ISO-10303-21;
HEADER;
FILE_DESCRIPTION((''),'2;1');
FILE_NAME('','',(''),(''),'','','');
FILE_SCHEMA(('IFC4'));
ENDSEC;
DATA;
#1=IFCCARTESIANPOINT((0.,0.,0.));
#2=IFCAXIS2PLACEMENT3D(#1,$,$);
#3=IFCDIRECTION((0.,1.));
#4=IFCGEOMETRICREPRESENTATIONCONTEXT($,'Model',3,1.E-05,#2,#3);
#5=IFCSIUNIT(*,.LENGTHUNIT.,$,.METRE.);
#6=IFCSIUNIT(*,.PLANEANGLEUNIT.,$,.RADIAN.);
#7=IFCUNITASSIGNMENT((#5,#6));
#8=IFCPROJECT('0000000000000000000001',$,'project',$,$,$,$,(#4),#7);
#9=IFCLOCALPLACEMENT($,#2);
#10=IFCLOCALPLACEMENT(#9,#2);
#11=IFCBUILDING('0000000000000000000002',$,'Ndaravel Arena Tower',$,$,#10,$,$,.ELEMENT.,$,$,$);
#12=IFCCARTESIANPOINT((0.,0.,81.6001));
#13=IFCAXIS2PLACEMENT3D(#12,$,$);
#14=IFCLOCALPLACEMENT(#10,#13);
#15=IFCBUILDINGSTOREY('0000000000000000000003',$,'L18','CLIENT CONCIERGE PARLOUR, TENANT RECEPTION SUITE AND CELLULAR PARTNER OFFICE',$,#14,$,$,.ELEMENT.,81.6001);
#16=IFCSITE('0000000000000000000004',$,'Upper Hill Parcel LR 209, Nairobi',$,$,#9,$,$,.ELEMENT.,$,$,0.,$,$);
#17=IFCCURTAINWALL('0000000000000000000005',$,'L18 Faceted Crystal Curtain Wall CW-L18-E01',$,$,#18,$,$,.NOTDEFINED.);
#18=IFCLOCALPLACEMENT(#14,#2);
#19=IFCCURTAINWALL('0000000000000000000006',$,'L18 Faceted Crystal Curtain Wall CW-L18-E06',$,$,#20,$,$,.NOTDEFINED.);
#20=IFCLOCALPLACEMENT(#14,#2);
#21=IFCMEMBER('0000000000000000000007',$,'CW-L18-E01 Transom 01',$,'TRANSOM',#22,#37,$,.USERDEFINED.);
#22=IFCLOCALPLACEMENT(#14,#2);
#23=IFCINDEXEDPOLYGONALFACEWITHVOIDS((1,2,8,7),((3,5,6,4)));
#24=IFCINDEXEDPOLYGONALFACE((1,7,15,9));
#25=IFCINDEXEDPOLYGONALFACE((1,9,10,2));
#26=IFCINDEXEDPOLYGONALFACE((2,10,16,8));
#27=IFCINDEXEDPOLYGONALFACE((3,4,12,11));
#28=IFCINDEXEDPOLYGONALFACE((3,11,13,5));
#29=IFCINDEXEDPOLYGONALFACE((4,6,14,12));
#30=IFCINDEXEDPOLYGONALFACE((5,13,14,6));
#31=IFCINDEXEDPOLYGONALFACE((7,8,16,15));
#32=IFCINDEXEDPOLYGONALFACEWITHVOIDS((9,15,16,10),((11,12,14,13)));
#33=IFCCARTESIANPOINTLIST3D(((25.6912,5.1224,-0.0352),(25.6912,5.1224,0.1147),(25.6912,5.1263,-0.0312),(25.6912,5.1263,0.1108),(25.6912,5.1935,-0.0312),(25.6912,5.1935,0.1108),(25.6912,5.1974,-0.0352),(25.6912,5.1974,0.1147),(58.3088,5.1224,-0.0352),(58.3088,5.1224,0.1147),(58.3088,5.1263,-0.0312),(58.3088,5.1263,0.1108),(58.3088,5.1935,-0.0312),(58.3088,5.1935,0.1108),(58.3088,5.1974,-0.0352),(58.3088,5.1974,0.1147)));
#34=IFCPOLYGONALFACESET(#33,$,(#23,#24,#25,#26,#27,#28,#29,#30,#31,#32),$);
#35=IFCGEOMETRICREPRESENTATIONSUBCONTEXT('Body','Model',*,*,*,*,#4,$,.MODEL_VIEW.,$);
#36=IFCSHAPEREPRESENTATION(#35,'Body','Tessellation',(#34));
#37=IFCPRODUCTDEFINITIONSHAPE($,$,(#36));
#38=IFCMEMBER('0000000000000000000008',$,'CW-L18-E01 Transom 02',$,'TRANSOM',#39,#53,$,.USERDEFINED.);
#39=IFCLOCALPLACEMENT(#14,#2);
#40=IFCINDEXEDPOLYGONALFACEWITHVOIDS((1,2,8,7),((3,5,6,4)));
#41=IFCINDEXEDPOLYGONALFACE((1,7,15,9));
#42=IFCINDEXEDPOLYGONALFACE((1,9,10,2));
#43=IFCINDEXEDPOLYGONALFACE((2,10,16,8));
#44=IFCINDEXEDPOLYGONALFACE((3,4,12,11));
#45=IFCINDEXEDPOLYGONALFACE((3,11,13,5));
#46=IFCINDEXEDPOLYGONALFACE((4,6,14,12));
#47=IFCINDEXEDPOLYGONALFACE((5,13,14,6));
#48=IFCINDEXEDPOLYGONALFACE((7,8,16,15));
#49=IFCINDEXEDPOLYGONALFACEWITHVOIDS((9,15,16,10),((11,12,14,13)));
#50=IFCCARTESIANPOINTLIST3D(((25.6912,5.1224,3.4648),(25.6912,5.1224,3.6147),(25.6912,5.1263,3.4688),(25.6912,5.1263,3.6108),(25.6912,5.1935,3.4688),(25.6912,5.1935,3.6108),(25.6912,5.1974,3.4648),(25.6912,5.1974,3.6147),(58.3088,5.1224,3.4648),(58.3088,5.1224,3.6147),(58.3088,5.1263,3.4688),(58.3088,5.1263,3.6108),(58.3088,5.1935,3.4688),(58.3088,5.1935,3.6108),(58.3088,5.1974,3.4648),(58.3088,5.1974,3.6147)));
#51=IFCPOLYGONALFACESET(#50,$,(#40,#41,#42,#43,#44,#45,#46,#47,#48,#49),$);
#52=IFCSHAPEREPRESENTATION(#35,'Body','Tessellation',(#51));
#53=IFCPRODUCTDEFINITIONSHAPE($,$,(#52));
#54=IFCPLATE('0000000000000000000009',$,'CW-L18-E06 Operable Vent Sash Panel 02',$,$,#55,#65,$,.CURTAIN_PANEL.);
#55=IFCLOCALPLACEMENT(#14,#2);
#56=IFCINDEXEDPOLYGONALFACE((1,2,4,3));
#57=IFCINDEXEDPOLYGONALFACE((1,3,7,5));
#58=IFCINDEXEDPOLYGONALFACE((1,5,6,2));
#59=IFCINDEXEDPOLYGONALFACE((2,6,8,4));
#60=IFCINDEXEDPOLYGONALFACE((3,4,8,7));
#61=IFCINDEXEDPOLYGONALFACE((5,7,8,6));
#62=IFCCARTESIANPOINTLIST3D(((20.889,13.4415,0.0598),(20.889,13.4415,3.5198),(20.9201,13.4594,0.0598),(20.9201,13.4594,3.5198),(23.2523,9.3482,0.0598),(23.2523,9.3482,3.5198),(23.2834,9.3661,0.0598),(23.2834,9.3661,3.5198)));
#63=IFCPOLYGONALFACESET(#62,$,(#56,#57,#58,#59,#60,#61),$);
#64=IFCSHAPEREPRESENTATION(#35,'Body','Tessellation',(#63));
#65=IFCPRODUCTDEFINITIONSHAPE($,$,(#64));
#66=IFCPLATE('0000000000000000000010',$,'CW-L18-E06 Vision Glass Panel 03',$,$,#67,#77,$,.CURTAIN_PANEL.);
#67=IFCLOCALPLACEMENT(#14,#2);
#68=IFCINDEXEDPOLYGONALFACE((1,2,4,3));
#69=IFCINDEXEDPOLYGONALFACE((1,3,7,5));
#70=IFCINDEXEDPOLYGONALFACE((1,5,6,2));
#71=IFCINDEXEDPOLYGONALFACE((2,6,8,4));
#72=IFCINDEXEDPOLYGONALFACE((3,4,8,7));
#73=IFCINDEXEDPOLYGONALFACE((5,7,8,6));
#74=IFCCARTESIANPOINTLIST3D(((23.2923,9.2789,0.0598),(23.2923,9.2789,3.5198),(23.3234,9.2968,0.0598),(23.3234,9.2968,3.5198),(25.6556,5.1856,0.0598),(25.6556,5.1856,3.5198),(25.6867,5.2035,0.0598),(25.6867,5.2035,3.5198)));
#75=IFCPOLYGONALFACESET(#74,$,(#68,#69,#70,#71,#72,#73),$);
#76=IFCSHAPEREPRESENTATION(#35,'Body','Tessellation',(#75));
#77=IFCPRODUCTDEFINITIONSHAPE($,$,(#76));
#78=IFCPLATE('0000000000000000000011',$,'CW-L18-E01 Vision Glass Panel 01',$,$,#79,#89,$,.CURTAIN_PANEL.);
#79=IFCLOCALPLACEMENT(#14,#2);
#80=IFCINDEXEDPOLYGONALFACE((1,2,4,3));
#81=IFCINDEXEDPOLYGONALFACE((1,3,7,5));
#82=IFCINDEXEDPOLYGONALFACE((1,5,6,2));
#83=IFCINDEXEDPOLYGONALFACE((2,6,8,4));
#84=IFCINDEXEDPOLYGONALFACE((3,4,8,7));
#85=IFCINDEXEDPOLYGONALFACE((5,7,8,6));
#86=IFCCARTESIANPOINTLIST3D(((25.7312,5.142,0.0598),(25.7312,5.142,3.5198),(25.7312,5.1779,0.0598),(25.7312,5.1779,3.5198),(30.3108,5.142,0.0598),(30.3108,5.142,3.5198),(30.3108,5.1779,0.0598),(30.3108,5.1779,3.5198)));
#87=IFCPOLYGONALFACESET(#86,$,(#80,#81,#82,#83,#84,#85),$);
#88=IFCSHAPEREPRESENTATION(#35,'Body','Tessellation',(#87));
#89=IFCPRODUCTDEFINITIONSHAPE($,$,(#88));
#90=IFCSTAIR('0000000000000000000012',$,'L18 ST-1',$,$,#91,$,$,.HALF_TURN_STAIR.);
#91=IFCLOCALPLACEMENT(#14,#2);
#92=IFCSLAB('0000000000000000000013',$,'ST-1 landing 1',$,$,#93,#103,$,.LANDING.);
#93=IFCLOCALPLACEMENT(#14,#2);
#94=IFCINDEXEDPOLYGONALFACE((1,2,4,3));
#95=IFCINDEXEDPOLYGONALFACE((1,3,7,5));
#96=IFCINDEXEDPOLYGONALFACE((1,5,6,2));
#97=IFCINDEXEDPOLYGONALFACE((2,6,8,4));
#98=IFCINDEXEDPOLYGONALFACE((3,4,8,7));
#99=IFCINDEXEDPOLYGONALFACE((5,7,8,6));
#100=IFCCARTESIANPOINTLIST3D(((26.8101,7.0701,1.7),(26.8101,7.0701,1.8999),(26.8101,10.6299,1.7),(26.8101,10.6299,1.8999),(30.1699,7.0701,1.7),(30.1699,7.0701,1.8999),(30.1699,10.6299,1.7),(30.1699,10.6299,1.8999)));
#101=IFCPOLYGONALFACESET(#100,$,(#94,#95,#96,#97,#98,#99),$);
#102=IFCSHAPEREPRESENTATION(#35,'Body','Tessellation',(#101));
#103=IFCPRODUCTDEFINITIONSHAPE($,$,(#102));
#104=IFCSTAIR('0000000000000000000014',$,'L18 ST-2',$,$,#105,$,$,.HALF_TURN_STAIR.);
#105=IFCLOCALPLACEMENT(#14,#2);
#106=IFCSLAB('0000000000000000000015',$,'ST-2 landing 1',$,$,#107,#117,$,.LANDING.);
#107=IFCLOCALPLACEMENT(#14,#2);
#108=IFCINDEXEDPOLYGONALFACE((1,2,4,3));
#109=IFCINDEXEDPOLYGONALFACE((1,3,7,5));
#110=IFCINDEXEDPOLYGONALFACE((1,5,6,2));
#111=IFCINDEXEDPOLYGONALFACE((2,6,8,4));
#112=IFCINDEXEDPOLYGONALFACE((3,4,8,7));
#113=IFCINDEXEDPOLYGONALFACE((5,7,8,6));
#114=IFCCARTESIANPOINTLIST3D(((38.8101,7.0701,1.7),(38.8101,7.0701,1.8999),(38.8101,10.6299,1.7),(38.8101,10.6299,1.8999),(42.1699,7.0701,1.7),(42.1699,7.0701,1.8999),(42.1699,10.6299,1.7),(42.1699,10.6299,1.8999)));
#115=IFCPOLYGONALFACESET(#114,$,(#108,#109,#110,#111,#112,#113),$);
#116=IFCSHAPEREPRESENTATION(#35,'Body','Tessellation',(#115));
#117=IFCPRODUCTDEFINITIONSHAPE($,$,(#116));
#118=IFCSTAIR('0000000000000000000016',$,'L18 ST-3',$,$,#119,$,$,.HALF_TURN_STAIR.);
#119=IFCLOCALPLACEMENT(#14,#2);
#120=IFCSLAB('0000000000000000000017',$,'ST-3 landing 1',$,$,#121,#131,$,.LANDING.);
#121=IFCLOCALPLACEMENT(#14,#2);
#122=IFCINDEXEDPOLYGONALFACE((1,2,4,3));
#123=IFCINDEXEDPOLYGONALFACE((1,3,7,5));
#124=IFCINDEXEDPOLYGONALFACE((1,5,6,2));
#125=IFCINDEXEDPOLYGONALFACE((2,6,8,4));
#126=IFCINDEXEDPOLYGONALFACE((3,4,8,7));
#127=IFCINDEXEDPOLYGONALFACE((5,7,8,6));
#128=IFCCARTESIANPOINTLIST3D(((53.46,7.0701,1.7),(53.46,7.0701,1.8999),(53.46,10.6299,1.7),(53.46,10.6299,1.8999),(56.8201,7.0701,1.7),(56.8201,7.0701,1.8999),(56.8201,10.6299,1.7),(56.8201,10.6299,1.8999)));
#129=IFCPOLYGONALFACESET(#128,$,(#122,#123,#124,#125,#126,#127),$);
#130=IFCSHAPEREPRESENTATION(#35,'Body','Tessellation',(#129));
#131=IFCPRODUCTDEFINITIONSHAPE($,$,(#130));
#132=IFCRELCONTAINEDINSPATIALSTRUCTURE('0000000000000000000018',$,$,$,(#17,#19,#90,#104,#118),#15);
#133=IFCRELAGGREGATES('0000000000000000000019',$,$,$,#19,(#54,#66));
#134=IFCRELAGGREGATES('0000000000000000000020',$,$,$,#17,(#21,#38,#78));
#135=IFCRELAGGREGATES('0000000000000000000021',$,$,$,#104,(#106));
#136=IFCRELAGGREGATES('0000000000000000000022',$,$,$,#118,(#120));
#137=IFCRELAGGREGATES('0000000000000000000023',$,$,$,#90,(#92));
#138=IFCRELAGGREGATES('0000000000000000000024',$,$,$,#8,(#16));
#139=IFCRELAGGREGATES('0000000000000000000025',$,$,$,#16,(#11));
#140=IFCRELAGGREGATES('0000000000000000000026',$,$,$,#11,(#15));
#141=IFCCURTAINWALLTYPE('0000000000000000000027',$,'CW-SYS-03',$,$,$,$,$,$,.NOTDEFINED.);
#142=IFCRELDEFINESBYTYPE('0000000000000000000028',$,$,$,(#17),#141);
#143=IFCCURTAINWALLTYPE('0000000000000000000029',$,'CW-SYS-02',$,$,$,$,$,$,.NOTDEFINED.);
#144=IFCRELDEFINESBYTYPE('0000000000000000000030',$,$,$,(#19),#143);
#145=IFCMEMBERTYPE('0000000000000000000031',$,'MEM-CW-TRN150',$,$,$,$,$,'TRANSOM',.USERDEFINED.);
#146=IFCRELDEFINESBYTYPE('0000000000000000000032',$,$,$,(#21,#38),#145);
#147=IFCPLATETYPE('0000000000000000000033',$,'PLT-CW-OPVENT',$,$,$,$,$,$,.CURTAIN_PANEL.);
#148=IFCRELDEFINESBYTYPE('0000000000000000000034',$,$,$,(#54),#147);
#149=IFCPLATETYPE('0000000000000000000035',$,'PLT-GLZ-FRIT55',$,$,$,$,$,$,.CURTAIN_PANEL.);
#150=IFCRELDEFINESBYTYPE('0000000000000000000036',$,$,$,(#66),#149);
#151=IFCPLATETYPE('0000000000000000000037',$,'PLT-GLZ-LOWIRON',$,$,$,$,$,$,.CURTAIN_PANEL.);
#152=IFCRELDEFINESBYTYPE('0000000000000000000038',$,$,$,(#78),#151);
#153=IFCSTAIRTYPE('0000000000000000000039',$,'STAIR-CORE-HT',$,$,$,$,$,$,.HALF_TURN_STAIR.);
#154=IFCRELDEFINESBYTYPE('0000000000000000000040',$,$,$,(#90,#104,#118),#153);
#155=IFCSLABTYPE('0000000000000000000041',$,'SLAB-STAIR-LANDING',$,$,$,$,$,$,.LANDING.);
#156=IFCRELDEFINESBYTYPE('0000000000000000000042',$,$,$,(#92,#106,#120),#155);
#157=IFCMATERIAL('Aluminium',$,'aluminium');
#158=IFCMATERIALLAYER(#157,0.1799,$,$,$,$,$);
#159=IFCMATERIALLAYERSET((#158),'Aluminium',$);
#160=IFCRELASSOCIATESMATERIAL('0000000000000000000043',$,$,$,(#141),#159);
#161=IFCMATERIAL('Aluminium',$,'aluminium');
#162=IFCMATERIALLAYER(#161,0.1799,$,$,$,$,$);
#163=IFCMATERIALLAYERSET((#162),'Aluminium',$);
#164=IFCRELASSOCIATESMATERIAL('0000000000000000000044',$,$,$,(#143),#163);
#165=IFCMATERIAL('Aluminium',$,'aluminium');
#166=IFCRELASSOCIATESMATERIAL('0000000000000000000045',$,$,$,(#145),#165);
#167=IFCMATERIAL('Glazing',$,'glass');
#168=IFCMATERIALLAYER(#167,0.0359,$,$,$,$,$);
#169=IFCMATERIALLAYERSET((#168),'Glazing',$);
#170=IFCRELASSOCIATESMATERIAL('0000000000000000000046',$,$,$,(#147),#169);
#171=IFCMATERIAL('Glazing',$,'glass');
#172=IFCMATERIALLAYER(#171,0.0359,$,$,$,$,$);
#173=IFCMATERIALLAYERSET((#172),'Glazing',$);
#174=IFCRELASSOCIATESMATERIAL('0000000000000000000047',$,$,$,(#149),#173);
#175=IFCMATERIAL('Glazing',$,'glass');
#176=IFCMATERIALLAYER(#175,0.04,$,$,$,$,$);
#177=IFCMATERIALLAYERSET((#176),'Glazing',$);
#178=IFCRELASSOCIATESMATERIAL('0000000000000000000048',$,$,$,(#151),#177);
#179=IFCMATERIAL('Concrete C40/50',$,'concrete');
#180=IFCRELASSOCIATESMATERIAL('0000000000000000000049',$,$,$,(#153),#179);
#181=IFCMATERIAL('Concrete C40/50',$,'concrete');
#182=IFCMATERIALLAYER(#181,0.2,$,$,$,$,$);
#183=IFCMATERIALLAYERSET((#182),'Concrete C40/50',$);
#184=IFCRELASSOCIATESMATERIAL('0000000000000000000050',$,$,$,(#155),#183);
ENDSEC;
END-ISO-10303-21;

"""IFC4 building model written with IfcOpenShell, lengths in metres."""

from ifc_helpers import new_model, si_unit, direction, frame, origin, origin_2d, place, context, subcontext, project, spatial, polyline, rectangle, hollow_rectangle, outline, extrude, material, layer, layer_set, material_profile, profile_set, type_object, element, aggregate, save


model = new_model("IFC4")

# Units and contexts
model_context = context("Model", 3, precision=1e-05, world=origin(), true_north=direction((0.0, 1.0)))
body_context = subcontext(model_context, "Body", "Model", "MODEL_VIEW")
ifc_project = project(units=[si_unit("LENGTHUNIT", "METRE"), si_unit("PLANEANGLEUNIT", "RADIAN")], contexts=[model_context])

# Site, building, storey
site_placement = place(None, origin())
site = spatial("IfcSite", under=ifc_project, at=site_placement, Name="Upper Hill Parcel LR 209, Nairobi", CompositionType="ELEMENT", RefElevation=0.0)
building_placement = place(site_placement, origin())
building = spatial("IfcBuilding", under=site, at=building_placement, Name="Ndaravel Arena Tower", CompositionType="ELEMENT")
storey_placement = place(building_placement, frame((0.0, 0.0, 81.6001)))
storey = spatial("IfcBuildingStorey", under=building, at=storey_placement, Name="L18", Description="CLIENT CONCIERGE PARLOUR, TENANT RECEPTION SUITE AND CELLULAR PARTNER OFFICE", CompositionType="ELEMENT", Elevation=81.6001)

# Curtain wall
ifc_material_1 = material(Name="Aluminium", Category="aluminium")
ifc_layer_1 = layer(ifc_material_1, 0.1799)
ifc_layer_set_1 = layer_set([ifc_layer_1], Name="Aluminium")
curtain_wall_type_1 = type_object("IfcCurtainWallType", Name="CW-SYS-03", PredefinedType="NOTDEFINED", material=ifc_layer_set_1)
curtain_wall_1_placement = place(storey_placement, origin())
curtain_wall_1 = element("IfcCurtainWall", 1, at=curtain_wall_1_placement, inside=storey, type_object=curtain_wall_type_1, Name="L18 Faceted Crystal Curtain Wall CW-L18-E01", PredefinedType="NOTDEFINED")

# Curtain wall
ifc_material_2 = material(Name="Aluminium", Category="aluminium")
ifc_layer_2 = layer(ifc_material_2, 0.1799)
ifc_layer_set_2 = layer_set([ifc_layer_2], Name="Aluminium")
curtain_wall_type_2 = type_object("IfcCurtainWallType", Name="CW-SYS-02", PredefinedType="NOTDEFINED", material=ifc_layer_set_2)
curtain_wall_2_placement = place(storey_placement, origin())
curtain_wall_2 = element("IfcCurtainWall", 2, at=curtain_wall_2_placement, inside=storey, type_object=curtain_wall_type_2, Name="L18 Faceted Crystal Curtain Wall CW-L18-E06", PredefinedType="NOTDEFINED")

# Members
ifc_material_3 = material(Name="Aluminium", Category="aluminium")
ifc_material_profile_1 = material_profile(ifc_material_3, hollow_rectangle(XDim=0.075, YDim=0.1499, WallThickness=0.0039, at=origin_2d()), Name="CW TRANSOM 75x150x4")
ifc_profile_set_1 = profile_set([ifc_material_profile_1], Name="Aluminium")
member_type_1 = type_object("IfcMemberType", Name="MEM-CW-TRN150", ElementType="TRANSOM", PredefinedType="USERDEFINED", material=ifc_profile_set_1)
member_1_placement = place(storey_placement, frame((25.6912, 5.1599, 0.0398), z_axis=(1.0, 0.0, 0.0), x_axis=(0.0, 1.0, 0.0)))
member_1 = element("IfcMember", 3, at=member_1_placement, type_object=member_type_1, Name="CW-L18-E01 Transom 01", ObjectType="TRANSOM", PredefinedType="USERDEFINED", context=body_context, shape_type="SweptSolid", body=[
    extrude(hollow_rectangle(XDim=0.075, YDim=0.1499, WallThickness=0.0039, at=origin_2d()), origin(), (0.0, 0.0, 1.0), 32.6177),
])
member_2_placement = place(storey_placement, frame((25.6912, 5.1599, 3.5398), z_axis=(1.0, 0.0, 0.0), x_axis=(0.0, 1.0, 0.0)))
member_2 = element("IfcMember", 4, at=member_2_placement, type_object=member_type_1, Name="CW-L18-E01 Transom 02", ObjectType="TRANSOM", PredefinedType="USERDEFINED", context=body_context, shape_type="SweptSolid", body=[
    extrude(hollow_rectangle(XDim=0.075, YDim=0.1499, WallThickness=0.0039, at=origin_2d()), origin(), (0.0, 0.0, 1.0), 32.6177),
])

# Plates
ifc_material_4 = material(Name="Glazing", Category="glass")
ifc_layer_3 = layer(ifc_material_4, 0.0359)
ifc_layer_set_3 = layer_set([ifc_layer_3], Name="Glazing")
plate_type_1 = type_object("IfcPlateType", Name="PLT-CW-OPVENT", PredefinedType="CURTAIN_PANEL", material=ifc_layer_set_3)
plate_1_placement = place(storey_placement, frame((22.0862, 11.4038, 0.0598), z_axis=(0.0, 0.0, 1.0), x_axis=(0.5, -0.866025, 0.0)))
plate_1 = element("IfcPlate", 5, at=plate_1_placement, type_object=plate_type_1, Name="CW-L18-E06 Operable Vent Sash Panel 02", PredefinedType="CURTAIN_PANEL", context=body_context, shape_type="SweptSolid", body=[
    extrude(rectangle(XDim=4.7266, YDim=0.0359, at=origin_2d()), origin(), (0.0, 0.0, 1.0), 3.46),
])
ifc_material_5 = material(Name="Glazing", Category="glass")
ifc_layer_4 = layer(ifc_material_5, 0.0359)
ifc_layer_set_4 = layer_set([ifc_layer_4], Name="Glazing")
plate_type_2 = type_object("IfcPlateType", Name="PLT-GLZ-FRIT55", PredefinedType="CURTAIN_PANEL", material=ifc_layer_set_4)
plate_2_placement = place(storey_placement, frame((24.4895, 7.2412, 0.0598), z_axis=(0.0, 0.0, 1.0), x_axis=(0.5, -0.866025, 0.0)))
plate_2 = element("IfcPlate", 6, at=plate_2_placement, type_object=plate_type_2, Name="CW-L18-E06 Vision Glass Panel 03", PredefinedType="CURTAIN_PANEL", context=body_context, shape_type="SweptSolid", body=[
    extrude(rectangle(XDim=4.7266, YDim=0.0359, at=origin_2d()), origin(), (0.0, 0.0, 1.0), 3.46),
])
aggregate(curtain_wall_2, [plate_1, plate_2])
ifc_material_6 = material(Name="Glazing", Category="glass")
ifc_layer_5 = layer(ifc_material_6, 0.04)
ifc_layer_set_5 = layer_set([ifc_layer_5], Name="Glazing")
plate_type_3 = type_object("IfcPlateType", Name="PLT-GLZ-LOWIRON", PredefinedType="CURTAIN_PANEL", material=ifc_layer_set_5)
plate_3_placement = place(storey_placement, frame((28.021, 5.1599, 0.0598), z_axis=(0.0, 0.0, 1.0), x_axis=(1.0, 0.0, 0.0)))
plate_3 = element("IfcPlate", 7, at=plate_3_placement, type_object=plate_type_3, Name="CW-L18-E01 Vision Glass Panel 01", PredefinedType="CURTAIN_PANEL", context=body_context, shape_type="SweptSolid", body=[
    extrude(rectangle(XDim=4.5796, YDim=0.0359, at=origin_2d()), origin(), (0.0, 0.0, 1.0), 3.46),
])
aggregate(curtain_wall_1, [member_1, member_2, plate_3])

# Stairs, slabs
ifc_material_7 = material(Name="Concrete C40/50", Category="concrete")
stair_type = type_object("IfcStairType", Name="STAIR-CORE-HT", PredefinedType="HALF_TURN_STAIR", material=ifc_material_7)
stair_1_placement = place(storey_placement, origin())
stair_1 = element("IfcStair", 8, at=stair_1_placement, inside=storey, type_object=stair_type, Name="L18 ST-1", PredefinedType="HALF_TURN_STAIR")
ifc_material_8 = material(Name="Concrete C40/50", Category="concrete")
ifc_layer_6 = layer(ifc_material_8, 0.2)
ifc_layer_set_6 = layer_set([ifc_layer_6], Name="Concrete C40/50")
slab_type_1 = type_object("IfcSlabType", Name="SLAB-STAIR-LANDING", PredefinedType="LANDING", material=ifc_layer_set_6)
slab_1_placement = place(storey_placement, frame((0.0, 0.0, 1.7)))
slab_1 = element("IfcSlab", 9, at=slab_1_placement, type_object=slab_type_1, Name="ST-1 landing 1", PredefinedType="LANDING", context=body_context, shape_type="SweptSolid", body=[
    extrude(outline(polyline([(26.8101, 10.6299), (26.8101, 7.0701), (30.1699, 7.0701), (30.1699, 10.6299), (26.8101, 10.6299)])), origin(), (0.0, 0.0, 1.0), 0.2),
])
stair_2_placement = place(storey_placement, origin())
stair_2 = element("IfcStair", 10, at=stair_2_placement, inside=storey, type_object=stair_type, Name="L18 ST-2", PredefinedType="HALF_TURN_STAIR")
slab_2_placement = place(storey_placement, frame((0.0, 0.0, 1.7)))
slab_2 = element("IfcSlab", 11, at=slab_2_placement, type_object=slab_type_1, Name="ST-2 landing 1", PredefinedType="LANDING", context=body_context, shape_type="SweptSolid", body=[
    extrude(outline(polyline([(38.8101, 10.6299), (38.8101, 7.0701), (42.1699, 7.0701), (42.1699, 10.6299), (38.8101, 10.6299)])), origin(), (0.0, 0.0, 1.0), 0.2),
])
aggregate(stair_2, [slab_2])
stair_3_placement = place(storey_placement, origin())
stair_3 = element("IfcStair", 12, at=stair_3_placement, inside=storey, type_object=stair_type, Name="L18 ST-3", PredefinedType="HALF_TURN_STAIR")
slab_3_placement = place(storey_placement, frame((0.0, 0.0, 1.7)))
slab_3 = element("IfcSlab", 13, at=slab_3_placement, type_object=slab_type_1, Name="ST-3 landing 1", PredefinedType="LANDING", context=body_context, shape_type="SweptSolid", body=[
    extrude(outline(polyline([(53.46, 10.6299), (53.46, 7.0701), (56.8201, 7.0701), (56.8201, 10.6299), (53.46, 10.6299)])), origin(), (0.0, 0.0, 1.0), 0.2),
])
aggregate(stair_3, [slab_3])

aggregate(stair_1, [slab_1])

save(model, "model.ifc")
